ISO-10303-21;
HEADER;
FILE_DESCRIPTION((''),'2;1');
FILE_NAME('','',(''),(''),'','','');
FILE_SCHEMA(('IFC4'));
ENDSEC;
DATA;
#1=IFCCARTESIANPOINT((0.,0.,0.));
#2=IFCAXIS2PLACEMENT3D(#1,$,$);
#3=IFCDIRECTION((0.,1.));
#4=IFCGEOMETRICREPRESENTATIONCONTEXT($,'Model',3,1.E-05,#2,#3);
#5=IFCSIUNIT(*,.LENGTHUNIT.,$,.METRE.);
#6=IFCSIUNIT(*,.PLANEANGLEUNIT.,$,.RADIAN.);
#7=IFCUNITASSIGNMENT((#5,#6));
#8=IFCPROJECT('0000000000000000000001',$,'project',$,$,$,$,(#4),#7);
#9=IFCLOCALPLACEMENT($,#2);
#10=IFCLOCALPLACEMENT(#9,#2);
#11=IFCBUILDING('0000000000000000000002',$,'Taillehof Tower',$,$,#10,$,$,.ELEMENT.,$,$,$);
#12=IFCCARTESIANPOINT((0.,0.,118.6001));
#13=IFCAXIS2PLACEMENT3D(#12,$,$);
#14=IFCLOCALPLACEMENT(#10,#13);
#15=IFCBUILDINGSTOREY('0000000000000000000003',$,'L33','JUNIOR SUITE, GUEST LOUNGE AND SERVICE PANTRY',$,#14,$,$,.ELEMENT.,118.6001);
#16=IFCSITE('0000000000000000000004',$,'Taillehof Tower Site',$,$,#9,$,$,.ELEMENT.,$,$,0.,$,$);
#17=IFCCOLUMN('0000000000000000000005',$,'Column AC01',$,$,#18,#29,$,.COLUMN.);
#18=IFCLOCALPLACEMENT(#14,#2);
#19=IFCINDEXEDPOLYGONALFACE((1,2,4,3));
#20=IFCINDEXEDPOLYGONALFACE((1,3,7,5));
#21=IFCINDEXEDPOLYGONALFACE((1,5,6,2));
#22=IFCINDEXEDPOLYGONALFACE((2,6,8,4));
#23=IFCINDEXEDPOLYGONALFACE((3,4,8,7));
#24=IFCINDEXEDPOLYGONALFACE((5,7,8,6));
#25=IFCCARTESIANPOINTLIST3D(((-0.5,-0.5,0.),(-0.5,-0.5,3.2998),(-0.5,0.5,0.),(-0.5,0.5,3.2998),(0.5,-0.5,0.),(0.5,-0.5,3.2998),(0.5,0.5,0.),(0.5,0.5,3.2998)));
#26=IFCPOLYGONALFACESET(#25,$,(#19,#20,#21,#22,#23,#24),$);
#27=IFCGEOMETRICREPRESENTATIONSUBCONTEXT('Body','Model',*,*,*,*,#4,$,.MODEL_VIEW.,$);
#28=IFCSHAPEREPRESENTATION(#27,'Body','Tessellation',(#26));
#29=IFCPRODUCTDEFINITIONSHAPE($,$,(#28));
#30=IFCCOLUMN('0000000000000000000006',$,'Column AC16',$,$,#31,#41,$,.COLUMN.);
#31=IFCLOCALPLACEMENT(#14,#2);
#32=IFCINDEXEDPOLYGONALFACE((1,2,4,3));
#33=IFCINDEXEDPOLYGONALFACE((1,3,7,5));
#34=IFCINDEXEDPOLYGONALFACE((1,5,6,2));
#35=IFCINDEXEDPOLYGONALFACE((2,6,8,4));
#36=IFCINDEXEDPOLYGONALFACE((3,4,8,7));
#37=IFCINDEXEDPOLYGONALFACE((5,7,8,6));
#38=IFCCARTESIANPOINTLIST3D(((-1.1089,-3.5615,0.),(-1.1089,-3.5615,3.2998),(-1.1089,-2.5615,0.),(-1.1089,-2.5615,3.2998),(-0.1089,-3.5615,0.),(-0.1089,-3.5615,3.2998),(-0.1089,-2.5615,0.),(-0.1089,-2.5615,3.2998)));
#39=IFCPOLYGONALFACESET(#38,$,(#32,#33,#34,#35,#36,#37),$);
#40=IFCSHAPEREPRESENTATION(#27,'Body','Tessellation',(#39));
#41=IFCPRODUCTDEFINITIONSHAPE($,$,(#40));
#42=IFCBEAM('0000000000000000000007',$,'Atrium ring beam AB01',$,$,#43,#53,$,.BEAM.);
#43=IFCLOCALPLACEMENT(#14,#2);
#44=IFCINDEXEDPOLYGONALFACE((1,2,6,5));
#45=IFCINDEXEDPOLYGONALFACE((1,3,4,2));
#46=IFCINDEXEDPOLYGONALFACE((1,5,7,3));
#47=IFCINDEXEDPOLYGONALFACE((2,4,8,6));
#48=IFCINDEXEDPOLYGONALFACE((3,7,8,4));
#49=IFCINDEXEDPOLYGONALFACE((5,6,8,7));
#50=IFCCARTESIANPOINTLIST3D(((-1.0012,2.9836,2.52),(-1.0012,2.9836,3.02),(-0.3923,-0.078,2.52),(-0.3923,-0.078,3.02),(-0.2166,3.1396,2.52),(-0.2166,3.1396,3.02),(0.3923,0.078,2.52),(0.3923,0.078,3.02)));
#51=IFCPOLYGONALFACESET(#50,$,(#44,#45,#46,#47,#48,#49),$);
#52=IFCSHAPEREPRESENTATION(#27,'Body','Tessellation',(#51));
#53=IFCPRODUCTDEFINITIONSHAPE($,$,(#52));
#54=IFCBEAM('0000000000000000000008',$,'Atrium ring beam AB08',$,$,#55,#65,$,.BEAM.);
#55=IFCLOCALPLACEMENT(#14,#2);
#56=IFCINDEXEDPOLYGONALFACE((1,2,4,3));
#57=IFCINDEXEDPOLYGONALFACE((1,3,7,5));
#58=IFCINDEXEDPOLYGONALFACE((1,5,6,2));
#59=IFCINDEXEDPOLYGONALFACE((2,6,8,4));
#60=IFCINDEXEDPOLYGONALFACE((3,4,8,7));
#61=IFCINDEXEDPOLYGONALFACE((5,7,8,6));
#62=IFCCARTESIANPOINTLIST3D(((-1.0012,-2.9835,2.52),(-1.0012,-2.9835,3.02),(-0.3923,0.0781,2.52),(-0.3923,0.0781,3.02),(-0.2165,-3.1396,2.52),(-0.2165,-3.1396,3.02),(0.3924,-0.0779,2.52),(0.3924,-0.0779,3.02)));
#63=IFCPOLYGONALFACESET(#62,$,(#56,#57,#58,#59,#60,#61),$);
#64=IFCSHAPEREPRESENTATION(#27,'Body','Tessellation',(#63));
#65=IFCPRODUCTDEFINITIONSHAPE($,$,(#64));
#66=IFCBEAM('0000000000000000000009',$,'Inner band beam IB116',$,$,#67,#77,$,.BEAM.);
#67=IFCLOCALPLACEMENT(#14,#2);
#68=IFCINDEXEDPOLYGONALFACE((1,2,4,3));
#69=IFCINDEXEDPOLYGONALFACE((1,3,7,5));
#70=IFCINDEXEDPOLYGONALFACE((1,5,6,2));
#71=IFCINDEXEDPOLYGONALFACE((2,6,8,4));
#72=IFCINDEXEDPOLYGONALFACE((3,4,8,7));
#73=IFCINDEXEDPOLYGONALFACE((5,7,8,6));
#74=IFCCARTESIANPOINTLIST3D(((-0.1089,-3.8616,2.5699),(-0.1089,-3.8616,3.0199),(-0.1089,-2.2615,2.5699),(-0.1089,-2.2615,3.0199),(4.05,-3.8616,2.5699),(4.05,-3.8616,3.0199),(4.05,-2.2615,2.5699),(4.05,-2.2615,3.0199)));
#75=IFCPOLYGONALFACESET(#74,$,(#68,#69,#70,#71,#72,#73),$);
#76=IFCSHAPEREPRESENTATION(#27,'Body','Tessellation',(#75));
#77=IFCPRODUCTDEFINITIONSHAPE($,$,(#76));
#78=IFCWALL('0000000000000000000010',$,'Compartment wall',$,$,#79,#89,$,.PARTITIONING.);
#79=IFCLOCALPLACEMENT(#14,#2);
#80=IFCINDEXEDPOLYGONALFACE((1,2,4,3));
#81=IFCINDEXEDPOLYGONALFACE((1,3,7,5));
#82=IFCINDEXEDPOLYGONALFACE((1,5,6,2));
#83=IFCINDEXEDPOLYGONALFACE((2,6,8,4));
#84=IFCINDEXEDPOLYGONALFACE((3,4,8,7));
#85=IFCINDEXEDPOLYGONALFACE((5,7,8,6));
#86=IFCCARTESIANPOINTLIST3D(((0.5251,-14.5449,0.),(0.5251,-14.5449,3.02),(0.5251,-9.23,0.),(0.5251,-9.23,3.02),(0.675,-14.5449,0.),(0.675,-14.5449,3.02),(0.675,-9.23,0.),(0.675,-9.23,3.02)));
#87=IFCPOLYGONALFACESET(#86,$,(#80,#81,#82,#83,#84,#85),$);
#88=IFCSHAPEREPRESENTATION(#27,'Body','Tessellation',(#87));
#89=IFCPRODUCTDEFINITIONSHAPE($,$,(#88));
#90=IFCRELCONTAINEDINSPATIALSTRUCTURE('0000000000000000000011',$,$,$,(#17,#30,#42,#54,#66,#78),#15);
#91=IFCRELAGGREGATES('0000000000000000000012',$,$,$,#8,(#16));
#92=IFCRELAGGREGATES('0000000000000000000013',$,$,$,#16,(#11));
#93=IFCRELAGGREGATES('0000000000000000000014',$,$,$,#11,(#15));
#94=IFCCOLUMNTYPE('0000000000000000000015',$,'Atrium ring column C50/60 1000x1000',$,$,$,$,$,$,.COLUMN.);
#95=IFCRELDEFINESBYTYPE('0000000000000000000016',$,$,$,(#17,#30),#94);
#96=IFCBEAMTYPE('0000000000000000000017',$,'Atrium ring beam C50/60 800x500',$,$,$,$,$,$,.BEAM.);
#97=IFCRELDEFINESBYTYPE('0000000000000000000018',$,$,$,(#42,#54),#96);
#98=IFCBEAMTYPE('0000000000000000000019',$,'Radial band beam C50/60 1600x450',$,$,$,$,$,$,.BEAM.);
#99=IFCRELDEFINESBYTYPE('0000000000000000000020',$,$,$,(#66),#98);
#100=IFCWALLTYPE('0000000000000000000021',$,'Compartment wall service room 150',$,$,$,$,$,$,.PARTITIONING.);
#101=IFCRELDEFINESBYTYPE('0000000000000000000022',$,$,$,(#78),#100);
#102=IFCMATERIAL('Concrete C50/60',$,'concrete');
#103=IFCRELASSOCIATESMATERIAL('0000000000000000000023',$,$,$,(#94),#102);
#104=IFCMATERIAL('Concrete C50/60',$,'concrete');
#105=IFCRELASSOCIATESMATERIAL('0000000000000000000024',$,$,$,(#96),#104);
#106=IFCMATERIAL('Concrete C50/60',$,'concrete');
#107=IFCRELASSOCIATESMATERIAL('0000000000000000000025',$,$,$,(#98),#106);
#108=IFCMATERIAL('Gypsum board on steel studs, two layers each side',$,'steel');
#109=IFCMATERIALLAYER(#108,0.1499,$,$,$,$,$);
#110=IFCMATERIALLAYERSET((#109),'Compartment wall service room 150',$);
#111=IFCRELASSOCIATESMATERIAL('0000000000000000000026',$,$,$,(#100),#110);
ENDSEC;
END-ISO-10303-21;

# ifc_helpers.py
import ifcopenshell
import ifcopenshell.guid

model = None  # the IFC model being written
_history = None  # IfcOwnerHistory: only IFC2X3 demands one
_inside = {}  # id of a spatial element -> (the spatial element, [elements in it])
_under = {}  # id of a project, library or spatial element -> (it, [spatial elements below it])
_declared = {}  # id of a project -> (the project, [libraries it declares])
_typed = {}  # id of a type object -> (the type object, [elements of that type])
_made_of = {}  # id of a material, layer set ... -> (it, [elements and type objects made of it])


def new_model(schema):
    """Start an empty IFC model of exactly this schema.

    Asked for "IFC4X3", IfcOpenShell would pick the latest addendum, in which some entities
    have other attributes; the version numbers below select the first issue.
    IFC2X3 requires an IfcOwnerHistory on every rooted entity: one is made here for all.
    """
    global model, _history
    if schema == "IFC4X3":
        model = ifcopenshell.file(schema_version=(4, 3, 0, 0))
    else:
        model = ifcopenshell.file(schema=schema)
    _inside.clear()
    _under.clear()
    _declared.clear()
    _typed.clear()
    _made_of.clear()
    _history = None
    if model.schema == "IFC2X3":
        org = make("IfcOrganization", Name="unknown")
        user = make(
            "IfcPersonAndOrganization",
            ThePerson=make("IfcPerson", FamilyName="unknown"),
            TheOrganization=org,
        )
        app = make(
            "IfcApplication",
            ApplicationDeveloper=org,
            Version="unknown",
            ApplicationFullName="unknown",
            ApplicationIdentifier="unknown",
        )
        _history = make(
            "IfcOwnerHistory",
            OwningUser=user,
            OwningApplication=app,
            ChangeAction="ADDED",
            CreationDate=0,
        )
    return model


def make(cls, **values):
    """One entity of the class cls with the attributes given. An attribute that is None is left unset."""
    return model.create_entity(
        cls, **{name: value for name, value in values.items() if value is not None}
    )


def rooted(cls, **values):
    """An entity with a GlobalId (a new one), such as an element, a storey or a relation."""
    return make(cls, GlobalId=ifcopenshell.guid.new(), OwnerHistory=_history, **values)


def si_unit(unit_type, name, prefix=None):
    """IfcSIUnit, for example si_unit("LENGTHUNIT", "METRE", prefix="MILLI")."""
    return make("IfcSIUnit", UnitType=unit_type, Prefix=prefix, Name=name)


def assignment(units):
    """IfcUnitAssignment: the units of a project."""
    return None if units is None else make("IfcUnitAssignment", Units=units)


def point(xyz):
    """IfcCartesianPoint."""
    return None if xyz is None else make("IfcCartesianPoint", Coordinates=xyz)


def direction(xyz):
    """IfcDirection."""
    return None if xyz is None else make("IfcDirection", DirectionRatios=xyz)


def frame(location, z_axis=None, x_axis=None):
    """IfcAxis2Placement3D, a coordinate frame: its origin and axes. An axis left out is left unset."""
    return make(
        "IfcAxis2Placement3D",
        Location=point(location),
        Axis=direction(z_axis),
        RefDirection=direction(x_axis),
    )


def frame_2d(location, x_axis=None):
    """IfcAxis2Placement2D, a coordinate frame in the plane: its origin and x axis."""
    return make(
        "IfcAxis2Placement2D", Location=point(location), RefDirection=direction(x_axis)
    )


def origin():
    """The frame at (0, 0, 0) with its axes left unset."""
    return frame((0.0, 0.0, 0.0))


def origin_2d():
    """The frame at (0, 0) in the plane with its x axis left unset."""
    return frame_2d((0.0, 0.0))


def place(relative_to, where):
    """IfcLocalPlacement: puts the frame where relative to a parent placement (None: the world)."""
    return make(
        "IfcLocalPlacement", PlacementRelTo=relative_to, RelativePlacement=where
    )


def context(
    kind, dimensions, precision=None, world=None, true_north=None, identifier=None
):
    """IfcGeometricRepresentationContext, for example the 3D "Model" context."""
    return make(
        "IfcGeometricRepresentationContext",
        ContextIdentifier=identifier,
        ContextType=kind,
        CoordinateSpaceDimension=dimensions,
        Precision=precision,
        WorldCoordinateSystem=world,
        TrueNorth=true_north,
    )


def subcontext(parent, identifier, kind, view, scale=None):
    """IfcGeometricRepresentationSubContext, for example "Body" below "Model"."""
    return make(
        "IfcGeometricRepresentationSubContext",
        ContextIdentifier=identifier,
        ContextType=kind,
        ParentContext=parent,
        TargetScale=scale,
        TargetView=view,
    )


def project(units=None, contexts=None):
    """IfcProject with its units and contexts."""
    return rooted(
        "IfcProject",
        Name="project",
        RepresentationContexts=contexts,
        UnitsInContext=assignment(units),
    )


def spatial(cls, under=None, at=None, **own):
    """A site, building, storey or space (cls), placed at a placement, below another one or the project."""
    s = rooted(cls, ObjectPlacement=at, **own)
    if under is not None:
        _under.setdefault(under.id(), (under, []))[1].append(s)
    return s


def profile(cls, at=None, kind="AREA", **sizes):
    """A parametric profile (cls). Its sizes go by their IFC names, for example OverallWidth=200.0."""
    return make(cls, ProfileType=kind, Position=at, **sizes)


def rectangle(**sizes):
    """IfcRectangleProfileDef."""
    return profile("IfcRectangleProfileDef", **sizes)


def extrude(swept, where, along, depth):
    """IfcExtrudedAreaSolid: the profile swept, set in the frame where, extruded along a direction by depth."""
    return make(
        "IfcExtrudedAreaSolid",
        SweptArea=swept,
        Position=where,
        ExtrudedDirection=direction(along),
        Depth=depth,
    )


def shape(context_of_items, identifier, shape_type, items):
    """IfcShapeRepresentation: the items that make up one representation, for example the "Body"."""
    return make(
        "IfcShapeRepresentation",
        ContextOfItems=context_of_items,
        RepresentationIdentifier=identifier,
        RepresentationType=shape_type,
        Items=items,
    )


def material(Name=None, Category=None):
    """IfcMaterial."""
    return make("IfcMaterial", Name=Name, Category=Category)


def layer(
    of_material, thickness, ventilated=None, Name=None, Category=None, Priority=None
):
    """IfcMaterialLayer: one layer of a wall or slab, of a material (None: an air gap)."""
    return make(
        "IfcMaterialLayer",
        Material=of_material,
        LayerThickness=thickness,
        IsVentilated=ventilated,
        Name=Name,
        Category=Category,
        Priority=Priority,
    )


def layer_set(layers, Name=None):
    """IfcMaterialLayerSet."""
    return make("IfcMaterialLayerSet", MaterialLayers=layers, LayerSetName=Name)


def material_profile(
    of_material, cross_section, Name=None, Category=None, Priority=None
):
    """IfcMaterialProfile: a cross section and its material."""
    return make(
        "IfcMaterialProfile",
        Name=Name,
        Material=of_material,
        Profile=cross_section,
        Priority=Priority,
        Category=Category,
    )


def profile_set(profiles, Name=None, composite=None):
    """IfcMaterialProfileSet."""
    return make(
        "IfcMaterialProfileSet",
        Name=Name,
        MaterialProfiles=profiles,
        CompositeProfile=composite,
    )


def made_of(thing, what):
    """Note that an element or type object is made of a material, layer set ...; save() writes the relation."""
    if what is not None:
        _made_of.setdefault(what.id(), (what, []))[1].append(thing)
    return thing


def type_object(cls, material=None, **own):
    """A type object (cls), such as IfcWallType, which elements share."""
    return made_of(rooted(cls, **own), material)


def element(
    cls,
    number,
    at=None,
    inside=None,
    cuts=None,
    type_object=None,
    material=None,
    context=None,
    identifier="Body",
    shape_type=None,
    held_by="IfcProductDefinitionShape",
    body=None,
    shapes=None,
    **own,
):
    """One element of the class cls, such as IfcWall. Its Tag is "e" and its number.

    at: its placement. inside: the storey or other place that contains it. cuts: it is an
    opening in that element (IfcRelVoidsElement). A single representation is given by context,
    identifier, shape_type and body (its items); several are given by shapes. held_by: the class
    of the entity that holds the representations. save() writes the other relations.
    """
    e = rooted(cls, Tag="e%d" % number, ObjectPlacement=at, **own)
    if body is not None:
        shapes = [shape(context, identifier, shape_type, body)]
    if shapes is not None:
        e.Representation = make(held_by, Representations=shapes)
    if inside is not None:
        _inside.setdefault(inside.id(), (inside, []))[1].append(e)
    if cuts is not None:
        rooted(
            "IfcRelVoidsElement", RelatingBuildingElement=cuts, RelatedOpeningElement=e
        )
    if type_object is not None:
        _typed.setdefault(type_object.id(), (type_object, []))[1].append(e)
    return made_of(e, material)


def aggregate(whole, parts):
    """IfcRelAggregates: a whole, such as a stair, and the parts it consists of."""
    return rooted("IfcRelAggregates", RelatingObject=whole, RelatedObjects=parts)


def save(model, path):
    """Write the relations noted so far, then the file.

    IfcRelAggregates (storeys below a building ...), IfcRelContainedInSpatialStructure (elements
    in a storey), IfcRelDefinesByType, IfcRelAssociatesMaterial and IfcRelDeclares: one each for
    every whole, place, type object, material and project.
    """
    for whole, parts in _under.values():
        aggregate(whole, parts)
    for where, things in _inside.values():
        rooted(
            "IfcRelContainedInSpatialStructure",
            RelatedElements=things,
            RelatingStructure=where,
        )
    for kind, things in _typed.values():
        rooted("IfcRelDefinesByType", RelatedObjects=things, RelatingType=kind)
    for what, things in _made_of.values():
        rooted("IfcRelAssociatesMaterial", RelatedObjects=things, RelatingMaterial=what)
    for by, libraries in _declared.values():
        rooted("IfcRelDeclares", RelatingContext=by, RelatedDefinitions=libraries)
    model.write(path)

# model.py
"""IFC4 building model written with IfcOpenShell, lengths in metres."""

from ifc_helpers import new_model, si_unit, direction, frame, frame_2d, origin, origin_2d, place, context, subcontext, project, spatial, rectangle, extrude, material, layer, layer_set, material_profile, profile_set, type_object, element, save


model = new_model("IFC4")

# Units and contexts
model_context = context("Model", 3, precision=1e-05, world=origin(), true_north=direction((0.0, 1.0)))
body_context = subcontext(model_context, "Body", "Model", "MODEL_VIEW")
ifc_project = project(units=[si_unit("LENGTHUNIT", "METRE"), si_unit("PLANEANGLEUNIT", "RADIAN")], contexts=[model_context])

# Site, building, storey
site_placement = place(None, origin())
site = spatial("IfcSite", under=ifc_project, at=site_placement, Name="Taillehof Tower Site", CompositionType="ELEMENT", RefElevation=0.0)
building_placement = place(site_placement, origin())
building = spatial("IfcBuilding", under=site, at=building_placement, Name="Taillehof Tower", CompositionType="ELEMENT")
storey_placement = place(building_placement, frame((0.0, 0.0, 118.6001)))
storey = spatial("IfcBuildingStorey", under=building, at=storey_placement, Name="L33", Description="JUNIOR SUITE, GUEST LOUNGE AND SERVICE PANTRY", CompositionType="ELEMENT", Elevation=118.6001)

# Columns
ifc_material_1 = material(Name="Concrete C50/60", Category="concrete")
ifc_material_profile_1 = material_profile(ifc_material_1, rectangle(XDim=1.0, YDim=1.0, at=origin_2d()), Name="RC 1000x1000")
ifc_profile_set_1 = profile_set([ifc_material_profile_1], Name="Concrete C50/60")
column_type = type_object("IfcColumnType", Name="Atrium ring column C50/60 1000x1000", PredefinedType="COLUMN", material=ifc_profile_set_1)
for number, where, z_axis, x_axis, name in (
    (1, (0.0, 0.0, 0.0), (0.0, 0.0, 1.0), (1.0, 0.0, 0.0), "Column AC01"),
    (2, (-0.6089, -3.0615, 0.0), (0.0, 0.0, 1.0), (1.0, 0.0, 0.0), "Column AC16"),
):
    element("IfcColumn", number, at=place(storey_placement, frame(where, z_axis=z_axis, x_axis=x_axis)), inside=storey, type_object=column_type, Name=name, PredefinedType="COLUMN", context=body_context, shape_type="SweptSolid", body=[
        extrude(rectangle(XDim=1.0, YDim=1.0, at=origin_2d()), origin(), (0.0, 0.0, 1.0), 3.2998),
    ])

# Beams
ifc_material_2 = material(Name="Concrete C50/60", Category="concrete")
ifc_material_profile_2 = material_profile(ifc_material_2, rectangle(XDim=0.8, YDim=0.5, at=origin_2d()), Name="RC 800x500")
ifc_profile_set_2 = profile_set([ifc_material_profile_2], Name="Concrete C50/60")
beam_type_1 = type_object("IfcBeamType", Name="Atrium ring beam C50/60 800x500", PredefinedType="BEAM", material=ifc_profile_set_2)
for number, where, z_axis, x_axis, name in (
    (3, (0.0, 0.0, 2.77), (-0.195063, 0.980791, 0.0), (-0.980791, -0.195063, 0.0), "Atrium ring beam AB01"),
    (4, (-0.6089, -3.0615, 2.77), (0.195063, 0.980791, 0.0), (-0.980791, 0.195063, 0.0), "Atrium ring beam AB08"),
):
    element("IfcBeam", number, at=place(storey_placement, frame(where, z_axis=z_axis, x_axis=x_axis)), inside=storey, type_object=beam_type_1, Name=name, PredefinedType="BEAM", context=body_context, shape_type="SweptSolid", body=[
        extrude(rectangle(XDim=0.8, YDim=0.5, at=origin_2d()), origin(), (0.0, 0.0, 1.0), 3.1216),
    ])
ifc_material_3 = material(Name="Concrete C50/60", Category="concrete")
ifc_material_profile_3 = material_profile(ifc_material_3, rectangle(XDim=1.6001, YDim=0.45, at=origin_2d()), Name="RC 1600x450")
ifc_profile_set_3 = profile_set([ifc_material_profile_3], Name="Concrete C50/60")
beam_type_2 = type_object("IfcBeamType", Name="Radial band beam C50/60 1600x450", PredefinedType="BEAM", material=ifc_profile_set_3)
beam_placement = place(storey_placement, frame((-0.1089, -3.0615, 2.7949), z_axis=(1.0, 0.0, 0.0), x_axis=(0.0, 1.0, 0.0)))
element("IfcBeam", 5, at=beam_placement, inside=storey, type_object=beam_type_2, Name="Inner band beam IB116", PredefinedType="BEAM", context=body_context, shape_type="SweptSolid", body=[
    extrude(rectangle(XDim=1.6001, YDim=0.45, at=origin_2d()), origin(), (0.0, 0.0, 1.0), 4.1589),
])

# Wall
ifc_material_4 = material(Name="Gypsum board on steel studs, two layers each side", Category="steel")
ifc_layer_1 = layer(ifc_material_4, 0.1499)
ifc_layer_set_1 = layer_set([ifc_layer_1], Name="Compartment wall service room 150")
wall_type_1 = type_object("IfcWallType", Name="Compartment wall service room 150", PredefinedType="PARTITIONING", material=ifc_layer_set_1)
wall_1_placement = place(storey_placement, frame((0.6001, -9.23, 0.0), z_axis=(0.0, 0.0, 1.0), x_axis=(0.0, -1.0, 0.0)))
element("IfcWall", 6, at=wall_1_placement, inside=storey, type_object=wall_type_1, Name="Compartment wall", PredefinedType="PARTITIONING", context=body_context, shape_type="SweptSolid", body=[
    extrude(rectangle(XDim=5.3149, YDim=0.1499, at=frame_2d((2.6575, 0.0))), origin(), (0.0, 0.0, 1.0), 3.02),
])

save(model, "model.ifc")
